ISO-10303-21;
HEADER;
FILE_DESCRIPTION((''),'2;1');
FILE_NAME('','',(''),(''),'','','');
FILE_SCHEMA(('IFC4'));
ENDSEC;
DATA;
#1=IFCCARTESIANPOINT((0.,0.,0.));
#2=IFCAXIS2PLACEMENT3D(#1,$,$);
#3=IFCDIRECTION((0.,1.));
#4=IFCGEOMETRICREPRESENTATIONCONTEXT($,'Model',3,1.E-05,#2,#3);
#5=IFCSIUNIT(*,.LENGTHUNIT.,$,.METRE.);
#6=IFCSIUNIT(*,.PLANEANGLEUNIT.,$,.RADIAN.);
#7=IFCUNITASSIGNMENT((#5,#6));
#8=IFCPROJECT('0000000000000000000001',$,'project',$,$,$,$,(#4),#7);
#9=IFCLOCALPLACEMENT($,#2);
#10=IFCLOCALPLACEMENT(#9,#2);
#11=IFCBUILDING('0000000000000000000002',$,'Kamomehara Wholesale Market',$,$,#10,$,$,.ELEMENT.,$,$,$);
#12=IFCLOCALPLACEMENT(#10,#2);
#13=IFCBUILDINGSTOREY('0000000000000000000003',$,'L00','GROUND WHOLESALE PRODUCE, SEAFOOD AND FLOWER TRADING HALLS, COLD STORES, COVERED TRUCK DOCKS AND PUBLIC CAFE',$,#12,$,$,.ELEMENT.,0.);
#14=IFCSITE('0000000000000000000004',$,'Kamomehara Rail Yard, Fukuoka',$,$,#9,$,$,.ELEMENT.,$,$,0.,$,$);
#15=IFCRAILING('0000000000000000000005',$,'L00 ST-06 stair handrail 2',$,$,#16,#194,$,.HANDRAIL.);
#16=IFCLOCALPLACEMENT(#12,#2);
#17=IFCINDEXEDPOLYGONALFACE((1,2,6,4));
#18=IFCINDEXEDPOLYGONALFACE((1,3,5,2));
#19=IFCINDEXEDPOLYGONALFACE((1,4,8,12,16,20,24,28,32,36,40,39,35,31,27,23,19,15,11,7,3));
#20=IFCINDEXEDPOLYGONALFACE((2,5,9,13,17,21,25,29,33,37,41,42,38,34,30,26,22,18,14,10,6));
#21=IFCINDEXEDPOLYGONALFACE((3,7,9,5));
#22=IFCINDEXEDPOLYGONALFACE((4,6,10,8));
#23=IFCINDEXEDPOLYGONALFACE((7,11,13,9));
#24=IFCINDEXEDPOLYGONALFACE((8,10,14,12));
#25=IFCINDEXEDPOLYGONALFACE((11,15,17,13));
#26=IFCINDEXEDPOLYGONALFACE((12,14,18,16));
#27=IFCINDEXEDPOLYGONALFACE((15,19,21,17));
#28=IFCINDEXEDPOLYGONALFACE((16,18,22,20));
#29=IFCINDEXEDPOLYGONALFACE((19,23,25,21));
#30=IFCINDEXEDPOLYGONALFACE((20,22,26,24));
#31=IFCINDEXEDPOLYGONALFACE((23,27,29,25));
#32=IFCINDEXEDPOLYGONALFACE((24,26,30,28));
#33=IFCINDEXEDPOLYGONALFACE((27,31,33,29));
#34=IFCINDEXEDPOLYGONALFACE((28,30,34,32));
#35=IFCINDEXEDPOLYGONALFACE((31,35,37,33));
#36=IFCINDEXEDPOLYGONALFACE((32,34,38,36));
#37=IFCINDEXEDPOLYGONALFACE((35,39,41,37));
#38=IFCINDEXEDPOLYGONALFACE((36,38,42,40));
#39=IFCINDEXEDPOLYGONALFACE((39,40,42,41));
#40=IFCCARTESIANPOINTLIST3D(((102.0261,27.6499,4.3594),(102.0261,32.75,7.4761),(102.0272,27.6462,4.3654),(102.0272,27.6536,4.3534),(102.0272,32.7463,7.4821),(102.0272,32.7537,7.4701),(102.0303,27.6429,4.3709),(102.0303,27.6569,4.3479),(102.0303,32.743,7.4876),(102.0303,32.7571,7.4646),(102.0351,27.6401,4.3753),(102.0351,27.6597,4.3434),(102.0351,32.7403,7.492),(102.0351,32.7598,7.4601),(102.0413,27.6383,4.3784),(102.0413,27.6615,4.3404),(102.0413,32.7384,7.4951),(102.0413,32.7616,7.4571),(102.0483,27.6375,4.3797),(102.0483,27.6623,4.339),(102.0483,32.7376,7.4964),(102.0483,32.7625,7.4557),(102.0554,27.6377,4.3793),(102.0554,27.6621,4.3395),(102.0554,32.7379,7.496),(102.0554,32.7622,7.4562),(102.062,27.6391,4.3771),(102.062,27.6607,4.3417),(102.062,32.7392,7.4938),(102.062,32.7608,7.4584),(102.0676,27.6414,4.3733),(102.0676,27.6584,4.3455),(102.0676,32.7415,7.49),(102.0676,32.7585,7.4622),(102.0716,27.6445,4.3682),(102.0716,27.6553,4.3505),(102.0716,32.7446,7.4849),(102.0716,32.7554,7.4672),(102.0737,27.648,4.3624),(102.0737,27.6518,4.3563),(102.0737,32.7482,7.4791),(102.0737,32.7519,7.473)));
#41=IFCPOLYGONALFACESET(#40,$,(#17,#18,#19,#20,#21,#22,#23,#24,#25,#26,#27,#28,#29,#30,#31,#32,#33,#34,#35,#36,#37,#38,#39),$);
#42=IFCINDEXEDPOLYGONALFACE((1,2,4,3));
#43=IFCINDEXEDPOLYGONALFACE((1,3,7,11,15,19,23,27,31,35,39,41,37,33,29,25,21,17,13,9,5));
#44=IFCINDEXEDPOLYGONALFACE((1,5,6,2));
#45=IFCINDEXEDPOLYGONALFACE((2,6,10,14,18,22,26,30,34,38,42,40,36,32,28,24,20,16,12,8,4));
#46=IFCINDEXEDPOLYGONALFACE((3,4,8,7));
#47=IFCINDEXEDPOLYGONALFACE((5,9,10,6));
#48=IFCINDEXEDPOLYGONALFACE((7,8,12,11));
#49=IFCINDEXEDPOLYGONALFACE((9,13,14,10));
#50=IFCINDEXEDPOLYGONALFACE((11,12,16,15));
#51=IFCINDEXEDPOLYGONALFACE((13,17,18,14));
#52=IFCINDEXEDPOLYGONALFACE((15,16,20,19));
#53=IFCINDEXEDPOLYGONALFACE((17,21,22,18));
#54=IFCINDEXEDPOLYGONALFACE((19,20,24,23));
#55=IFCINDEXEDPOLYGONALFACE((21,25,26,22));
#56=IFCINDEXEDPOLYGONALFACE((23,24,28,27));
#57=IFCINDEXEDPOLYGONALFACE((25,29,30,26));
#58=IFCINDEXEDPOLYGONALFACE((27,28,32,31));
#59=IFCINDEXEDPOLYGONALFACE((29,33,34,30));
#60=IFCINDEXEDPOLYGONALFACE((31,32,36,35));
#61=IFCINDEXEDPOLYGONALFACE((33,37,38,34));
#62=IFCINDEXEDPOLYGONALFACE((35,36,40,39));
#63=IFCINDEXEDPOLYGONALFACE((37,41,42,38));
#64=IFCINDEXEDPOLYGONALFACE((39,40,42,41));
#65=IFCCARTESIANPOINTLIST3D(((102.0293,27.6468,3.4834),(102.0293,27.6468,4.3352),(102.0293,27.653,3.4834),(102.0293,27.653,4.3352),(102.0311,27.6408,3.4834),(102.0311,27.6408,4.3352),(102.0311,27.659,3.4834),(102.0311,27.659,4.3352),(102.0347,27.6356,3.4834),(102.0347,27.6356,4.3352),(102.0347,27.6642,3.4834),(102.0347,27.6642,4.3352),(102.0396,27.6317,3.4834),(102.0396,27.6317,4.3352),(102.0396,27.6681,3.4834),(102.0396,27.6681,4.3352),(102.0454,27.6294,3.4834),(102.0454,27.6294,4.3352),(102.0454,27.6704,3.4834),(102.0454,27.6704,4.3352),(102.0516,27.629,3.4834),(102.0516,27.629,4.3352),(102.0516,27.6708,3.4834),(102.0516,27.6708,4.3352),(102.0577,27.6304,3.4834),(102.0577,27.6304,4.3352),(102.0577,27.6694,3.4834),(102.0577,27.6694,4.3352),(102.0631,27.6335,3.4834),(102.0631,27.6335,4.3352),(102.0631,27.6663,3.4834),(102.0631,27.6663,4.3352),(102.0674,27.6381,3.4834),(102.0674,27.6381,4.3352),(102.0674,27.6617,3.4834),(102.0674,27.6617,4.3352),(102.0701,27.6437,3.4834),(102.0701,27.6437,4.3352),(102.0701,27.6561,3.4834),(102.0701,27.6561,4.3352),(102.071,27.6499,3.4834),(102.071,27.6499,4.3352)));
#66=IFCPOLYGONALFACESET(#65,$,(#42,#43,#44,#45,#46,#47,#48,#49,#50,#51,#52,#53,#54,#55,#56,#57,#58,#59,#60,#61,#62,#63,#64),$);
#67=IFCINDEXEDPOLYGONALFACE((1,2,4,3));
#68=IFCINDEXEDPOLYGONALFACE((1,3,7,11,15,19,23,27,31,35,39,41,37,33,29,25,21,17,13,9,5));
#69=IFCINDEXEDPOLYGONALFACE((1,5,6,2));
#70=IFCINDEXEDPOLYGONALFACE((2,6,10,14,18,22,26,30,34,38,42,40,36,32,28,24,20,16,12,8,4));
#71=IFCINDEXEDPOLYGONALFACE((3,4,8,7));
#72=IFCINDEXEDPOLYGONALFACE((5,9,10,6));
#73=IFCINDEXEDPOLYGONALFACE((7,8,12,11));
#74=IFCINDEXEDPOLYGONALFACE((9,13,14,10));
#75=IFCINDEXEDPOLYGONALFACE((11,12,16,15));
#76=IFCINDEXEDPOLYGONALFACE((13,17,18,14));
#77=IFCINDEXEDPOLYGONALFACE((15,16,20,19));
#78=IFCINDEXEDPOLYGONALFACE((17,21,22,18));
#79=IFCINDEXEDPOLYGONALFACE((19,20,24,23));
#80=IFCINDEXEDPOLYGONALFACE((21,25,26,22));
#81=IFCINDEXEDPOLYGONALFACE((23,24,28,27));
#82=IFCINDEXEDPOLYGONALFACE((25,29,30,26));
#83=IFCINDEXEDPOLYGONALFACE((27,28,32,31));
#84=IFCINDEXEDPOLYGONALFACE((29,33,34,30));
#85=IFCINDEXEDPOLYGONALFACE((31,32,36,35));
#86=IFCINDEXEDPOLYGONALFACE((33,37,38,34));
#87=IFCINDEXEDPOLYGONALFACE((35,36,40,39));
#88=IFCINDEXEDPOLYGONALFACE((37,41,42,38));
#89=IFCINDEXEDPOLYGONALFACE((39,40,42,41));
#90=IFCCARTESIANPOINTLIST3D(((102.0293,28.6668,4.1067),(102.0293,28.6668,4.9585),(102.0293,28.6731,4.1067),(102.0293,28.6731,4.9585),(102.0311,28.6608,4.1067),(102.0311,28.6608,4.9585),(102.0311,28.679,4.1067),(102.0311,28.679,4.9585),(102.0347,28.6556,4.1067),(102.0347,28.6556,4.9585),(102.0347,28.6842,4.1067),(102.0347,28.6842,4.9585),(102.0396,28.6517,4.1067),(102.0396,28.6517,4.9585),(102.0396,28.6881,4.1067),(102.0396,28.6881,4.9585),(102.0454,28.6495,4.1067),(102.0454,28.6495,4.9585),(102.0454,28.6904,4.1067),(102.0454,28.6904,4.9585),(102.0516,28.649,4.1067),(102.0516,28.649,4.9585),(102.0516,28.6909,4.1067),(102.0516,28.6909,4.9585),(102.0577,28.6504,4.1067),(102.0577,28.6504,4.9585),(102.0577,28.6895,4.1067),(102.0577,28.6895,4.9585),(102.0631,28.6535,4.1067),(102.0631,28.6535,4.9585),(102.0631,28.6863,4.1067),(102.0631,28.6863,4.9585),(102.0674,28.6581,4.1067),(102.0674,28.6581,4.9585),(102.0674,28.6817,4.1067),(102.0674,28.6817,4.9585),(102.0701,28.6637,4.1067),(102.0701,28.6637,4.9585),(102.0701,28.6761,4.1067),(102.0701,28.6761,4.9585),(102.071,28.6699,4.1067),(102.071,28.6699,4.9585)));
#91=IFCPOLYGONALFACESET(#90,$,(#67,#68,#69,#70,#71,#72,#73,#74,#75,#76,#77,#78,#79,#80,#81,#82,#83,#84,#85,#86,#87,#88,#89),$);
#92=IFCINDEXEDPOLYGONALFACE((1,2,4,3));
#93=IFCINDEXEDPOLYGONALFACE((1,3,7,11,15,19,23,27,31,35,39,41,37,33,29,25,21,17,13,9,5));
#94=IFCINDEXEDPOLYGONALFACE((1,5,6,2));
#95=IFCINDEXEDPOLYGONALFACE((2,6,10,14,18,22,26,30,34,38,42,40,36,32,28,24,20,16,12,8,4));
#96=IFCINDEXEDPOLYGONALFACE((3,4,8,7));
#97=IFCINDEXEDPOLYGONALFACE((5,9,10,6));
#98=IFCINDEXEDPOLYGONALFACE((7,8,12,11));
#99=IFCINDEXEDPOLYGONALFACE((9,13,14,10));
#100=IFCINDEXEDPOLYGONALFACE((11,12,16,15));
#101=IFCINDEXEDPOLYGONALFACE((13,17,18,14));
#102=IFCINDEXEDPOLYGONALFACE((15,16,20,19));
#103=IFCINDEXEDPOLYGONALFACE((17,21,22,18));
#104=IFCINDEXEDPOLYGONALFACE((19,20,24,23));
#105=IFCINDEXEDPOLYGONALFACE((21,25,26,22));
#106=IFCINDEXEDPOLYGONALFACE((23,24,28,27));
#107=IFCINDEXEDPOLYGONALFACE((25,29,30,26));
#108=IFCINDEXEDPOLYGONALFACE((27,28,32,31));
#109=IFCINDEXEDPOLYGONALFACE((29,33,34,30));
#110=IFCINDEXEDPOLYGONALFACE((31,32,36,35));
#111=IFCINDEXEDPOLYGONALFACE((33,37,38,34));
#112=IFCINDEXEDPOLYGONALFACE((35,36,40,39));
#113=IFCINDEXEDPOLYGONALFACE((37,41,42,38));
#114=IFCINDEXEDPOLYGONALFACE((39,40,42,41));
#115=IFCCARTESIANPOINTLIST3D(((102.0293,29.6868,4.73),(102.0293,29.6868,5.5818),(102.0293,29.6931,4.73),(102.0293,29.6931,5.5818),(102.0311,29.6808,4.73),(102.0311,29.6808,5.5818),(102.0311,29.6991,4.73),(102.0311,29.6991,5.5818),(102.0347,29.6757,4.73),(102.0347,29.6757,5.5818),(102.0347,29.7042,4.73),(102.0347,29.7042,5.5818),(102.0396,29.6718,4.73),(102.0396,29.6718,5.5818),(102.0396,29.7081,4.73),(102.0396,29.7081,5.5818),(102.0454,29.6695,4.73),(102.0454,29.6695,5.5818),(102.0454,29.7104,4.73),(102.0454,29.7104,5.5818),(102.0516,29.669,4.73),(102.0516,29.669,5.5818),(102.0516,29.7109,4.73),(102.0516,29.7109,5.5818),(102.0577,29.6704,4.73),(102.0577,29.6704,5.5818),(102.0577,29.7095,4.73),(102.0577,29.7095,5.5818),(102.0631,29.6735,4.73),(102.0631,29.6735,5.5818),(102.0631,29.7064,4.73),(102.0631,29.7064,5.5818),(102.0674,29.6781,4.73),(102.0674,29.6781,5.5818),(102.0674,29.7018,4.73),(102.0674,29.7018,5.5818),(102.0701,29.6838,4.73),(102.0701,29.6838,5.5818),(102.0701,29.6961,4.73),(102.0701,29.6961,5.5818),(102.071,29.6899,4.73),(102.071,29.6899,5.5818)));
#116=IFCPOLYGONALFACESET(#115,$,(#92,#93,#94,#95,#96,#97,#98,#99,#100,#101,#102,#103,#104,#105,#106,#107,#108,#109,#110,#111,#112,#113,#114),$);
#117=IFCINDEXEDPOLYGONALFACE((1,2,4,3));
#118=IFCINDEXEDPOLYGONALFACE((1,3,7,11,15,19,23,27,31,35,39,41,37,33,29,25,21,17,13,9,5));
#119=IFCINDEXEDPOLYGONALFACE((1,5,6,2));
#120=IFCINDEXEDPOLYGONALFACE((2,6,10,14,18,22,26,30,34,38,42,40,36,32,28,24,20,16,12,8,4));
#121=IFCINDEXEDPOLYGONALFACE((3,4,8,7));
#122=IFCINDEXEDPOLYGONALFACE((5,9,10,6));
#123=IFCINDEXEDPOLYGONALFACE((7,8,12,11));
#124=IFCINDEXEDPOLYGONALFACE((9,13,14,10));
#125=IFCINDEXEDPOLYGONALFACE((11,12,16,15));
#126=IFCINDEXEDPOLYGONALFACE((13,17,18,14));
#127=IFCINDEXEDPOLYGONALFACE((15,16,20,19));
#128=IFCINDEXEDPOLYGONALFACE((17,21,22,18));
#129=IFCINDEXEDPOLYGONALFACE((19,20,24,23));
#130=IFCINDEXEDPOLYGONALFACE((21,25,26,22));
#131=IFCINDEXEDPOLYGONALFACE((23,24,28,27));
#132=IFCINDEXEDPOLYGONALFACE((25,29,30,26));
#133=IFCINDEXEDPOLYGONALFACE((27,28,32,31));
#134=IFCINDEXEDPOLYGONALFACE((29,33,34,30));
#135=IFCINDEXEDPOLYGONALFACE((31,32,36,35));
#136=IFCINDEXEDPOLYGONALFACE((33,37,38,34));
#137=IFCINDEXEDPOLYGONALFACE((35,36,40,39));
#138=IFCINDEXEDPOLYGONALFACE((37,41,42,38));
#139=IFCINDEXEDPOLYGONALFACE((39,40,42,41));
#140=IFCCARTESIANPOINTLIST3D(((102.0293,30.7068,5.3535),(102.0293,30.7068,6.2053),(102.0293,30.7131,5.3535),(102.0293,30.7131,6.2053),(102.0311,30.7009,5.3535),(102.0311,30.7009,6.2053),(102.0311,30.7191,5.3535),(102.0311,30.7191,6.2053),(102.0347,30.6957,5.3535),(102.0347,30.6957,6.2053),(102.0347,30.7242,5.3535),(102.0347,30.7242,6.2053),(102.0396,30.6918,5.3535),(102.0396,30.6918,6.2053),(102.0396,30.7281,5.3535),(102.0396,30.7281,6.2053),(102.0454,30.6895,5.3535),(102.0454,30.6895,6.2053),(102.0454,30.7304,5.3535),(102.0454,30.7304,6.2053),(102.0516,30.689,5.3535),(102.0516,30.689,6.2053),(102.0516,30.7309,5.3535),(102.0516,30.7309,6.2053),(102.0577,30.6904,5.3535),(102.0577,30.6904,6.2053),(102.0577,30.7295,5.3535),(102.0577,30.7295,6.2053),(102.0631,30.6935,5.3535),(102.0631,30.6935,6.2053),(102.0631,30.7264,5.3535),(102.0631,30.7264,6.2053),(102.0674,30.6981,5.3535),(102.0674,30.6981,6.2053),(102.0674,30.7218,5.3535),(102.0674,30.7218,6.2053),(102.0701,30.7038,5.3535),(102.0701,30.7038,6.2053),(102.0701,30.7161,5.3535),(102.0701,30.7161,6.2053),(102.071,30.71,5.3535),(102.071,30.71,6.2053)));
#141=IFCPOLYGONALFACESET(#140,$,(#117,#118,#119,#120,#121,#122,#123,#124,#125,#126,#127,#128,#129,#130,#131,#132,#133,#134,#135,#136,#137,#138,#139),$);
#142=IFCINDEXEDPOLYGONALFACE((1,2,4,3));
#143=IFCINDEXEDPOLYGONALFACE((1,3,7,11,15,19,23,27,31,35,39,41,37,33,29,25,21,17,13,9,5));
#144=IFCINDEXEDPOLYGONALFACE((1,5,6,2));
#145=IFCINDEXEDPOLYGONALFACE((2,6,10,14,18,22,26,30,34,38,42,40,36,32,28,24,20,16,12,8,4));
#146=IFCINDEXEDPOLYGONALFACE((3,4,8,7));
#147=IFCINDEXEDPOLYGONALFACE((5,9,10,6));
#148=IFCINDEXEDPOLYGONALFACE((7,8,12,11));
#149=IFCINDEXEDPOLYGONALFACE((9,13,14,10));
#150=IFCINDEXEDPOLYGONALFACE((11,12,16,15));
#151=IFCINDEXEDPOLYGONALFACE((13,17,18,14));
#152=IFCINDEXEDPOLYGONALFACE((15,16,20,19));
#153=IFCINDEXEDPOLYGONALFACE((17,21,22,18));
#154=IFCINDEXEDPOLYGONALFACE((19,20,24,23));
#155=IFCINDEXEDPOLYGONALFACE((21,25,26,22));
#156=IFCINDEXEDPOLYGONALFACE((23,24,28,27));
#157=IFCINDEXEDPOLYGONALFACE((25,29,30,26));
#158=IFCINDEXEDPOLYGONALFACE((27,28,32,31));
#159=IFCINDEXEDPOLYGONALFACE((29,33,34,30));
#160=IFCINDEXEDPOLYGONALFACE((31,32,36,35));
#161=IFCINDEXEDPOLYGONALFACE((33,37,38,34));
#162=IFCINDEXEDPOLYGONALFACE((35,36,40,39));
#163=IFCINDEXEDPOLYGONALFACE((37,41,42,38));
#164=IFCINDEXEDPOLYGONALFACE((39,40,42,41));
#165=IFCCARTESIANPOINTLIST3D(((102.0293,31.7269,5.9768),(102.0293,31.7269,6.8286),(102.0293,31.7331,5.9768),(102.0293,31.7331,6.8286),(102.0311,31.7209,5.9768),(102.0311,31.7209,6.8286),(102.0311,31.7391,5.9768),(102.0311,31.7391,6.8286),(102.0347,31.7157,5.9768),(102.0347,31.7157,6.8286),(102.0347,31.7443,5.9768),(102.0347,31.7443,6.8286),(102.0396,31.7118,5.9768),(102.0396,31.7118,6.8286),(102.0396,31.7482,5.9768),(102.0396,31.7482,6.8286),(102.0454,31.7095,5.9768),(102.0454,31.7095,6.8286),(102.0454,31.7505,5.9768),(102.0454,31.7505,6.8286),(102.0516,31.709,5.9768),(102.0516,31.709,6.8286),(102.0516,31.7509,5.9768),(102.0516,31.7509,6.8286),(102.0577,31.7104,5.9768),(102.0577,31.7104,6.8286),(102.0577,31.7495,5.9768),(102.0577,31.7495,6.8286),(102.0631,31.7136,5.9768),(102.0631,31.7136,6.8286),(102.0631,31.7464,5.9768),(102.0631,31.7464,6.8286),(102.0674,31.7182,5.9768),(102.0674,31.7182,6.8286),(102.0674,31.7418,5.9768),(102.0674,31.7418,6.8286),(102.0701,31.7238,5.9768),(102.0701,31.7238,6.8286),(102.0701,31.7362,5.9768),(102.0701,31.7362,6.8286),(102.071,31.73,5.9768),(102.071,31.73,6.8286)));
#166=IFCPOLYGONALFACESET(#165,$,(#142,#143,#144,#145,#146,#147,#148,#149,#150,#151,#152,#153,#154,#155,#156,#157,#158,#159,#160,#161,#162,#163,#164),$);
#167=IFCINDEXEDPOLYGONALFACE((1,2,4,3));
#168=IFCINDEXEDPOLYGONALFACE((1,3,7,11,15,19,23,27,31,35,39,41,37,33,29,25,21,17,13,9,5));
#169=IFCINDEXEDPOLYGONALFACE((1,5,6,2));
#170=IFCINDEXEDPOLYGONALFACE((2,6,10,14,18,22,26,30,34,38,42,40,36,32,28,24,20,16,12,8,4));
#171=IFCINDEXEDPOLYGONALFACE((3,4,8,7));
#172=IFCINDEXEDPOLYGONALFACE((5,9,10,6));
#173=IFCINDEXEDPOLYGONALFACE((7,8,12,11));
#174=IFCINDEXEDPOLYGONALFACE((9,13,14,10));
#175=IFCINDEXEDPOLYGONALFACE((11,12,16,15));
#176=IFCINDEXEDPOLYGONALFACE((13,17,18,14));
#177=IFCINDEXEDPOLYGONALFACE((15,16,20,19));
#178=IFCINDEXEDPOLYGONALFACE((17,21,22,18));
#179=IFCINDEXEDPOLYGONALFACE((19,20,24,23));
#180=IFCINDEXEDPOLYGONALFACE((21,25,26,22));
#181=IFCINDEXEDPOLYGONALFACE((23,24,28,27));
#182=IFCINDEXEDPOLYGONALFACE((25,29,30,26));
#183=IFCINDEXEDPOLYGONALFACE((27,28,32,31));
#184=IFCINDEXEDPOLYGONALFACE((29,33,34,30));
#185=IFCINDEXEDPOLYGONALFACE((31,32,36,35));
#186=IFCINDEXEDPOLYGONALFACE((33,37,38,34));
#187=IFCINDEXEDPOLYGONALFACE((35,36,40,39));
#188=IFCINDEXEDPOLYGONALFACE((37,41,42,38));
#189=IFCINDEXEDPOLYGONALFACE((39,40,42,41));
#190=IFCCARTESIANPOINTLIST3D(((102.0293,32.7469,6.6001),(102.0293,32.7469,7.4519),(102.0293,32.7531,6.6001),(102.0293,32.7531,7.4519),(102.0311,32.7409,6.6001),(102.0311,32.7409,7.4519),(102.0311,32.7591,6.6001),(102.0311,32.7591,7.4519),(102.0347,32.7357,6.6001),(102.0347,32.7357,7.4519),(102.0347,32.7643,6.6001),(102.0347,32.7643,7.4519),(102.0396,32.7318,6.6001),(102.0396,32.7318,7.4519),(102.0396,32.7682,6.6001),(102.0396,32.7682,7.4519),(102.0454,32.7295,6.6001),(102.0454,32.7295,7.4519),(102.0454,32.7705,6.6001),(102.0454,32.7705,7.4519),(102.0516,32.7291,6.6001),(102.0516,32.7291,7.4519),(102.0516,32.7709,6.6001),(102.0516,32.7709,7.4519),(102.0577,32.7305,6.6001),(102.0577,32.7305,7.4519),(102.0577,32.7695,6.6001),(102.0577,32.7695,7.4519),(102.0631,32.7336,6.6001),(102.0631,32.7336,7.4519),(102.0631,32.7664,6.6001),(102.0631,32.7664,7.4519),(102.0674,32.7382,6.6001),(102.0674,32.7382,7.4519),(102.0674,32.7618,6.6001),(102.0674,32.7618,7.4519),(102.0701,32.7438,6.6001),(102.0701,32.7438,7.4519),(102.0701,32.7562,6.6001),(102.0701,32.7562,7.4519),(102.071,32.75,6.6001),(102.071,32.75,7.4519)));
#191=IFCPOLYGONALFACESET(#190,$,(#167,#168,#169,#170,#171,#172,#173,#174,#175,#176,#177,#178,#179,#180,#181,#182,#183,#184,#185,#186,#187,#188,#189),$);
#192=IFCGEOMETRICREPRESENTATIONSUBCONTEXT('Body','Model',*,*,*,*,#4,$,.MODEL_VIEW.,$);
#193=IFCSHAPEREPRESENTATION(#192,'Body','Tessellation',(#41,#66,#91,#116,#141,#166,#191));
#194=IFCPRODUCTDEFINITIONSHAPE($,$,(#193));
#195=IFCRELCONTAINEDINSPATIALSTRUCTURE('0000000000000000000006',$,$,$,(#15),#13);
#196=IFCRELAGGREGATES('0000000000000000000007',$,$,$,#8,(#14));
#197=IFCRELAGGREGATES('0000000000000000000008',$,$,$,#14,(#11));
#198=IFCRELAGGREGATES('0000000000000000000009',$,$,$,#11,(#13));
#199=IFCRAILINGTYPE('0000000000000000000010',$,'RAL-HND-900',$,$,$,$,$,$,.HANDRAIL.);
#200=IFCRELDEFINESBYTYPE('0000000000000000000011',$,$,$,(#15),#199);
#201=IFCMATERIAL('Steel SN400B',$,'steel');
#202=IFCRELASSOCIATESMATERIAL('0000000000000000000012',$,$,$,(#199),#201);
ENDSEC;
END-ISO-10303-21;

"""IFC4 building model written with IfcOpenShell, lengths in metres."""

from ifc_helpers import new_model, si_unit, direction, frame, origin, origin_2d, place, context, subcontext, project, spatial, circle, extrude, material, type_object, element, save


model = new_model("IFC4")

# Units and contexts
model_context = context("Model", 3, precision=1e-05, world=origin(), true_north=direction((0.0, 1.0)))
body_context = subcontext(model_context, "Body", "Model", "MODEL_VIEW")
ifc_project = project(units=[si_unit("LENGTHUNIT", "METRE"), si_unit("PLANEANGLEUNIT", "RADIAN")], contexts=[model_context])

# Site, building, storey
site_placement = place(None, origin())
site = spatial("IfcSite", under=ifc_project, at=site_placement, Name="Kamomehara Rail Yard, Fukuoka", CompositionType="ELEMENT", RefElevation=0.0)
building_placement = place(site_placement, origin())
building = spatial("IfcBuilding", under=site, at=building_placement, Name="Kamomehara Wholesale Market", CompositionType="ELEMENT")
storey_placement = place(building_placement, origin())
storey = spatial("IfcBuildingStorey", under=building, at=storey_placement, Name="L00", Description="GROUND WHOLESALE PRODUCE, SEAFOOD AND FLOWER TRADING HALLS, COLD STORES, COVERED TRUCK DOCKS AND PUBLIC CAFE", CompositionType="ELEMENT", Elevation=0.0)

# Railing
ifc_material_1 = material(Name="Steel SN400B", Category="steel")
railing_type_1 = type_object("IfcRailingType", Name="RAL-HND-900", PredefinedType="HANDRAIL", material=ifc_material_1)
railing_1_placement = place(storey_placement, frame((102.05, 27.6499, 3.4834)))
element("IfcRailing", 1, at=railing_1_placement, inside=storey, type_object=railing_type_1, Name="L00 ST-06 stair handrail 2", PredefinedType="HANDRAIL", context=body_context, shape_type="SweptSolid", body=[
    extrude(circle(Radius=0.0239, at=origin_2d()), frame((0.0, 0.0, 0.876), z_axis=(0.0, 0.853284, 0.521447), x_axis=(-1.0, 0.0, 0.0)), (0.0, 0.0, 1.0), 5.9771),
    extrude(circle(Radius=0.021, at=origin_2d()), origin(), (0.0, 0.0, 1.0), 0.8518),
    extrude(circle(Radius=0.021, at=origin_2d()), frame((0.0, 1.02, 0.6233)), (0.0, 0.0, 1.0), 0.8518),
    extrude(circle(Radius=0.021, at=origin_2d()), frame((0.0, 2.04, 1.2466)), (0.0, 0.0, 1.0), 0.8518),
    extrude(circle(Radius=0.021, at=origin_2d()), frame((0.0, 3.0601, 1.8701)), (0.0, 0.0, 1.0), 0.8518),
    extrude(circle(Radius=0.021, at=origin_2d()), frame((0.0, 4.0801, 2.4934)), (0.0, 0.0, 1.0), 0.8518),
    extrude(circle(Radius=0.021, at=origin_2d()), frame((0.0, 5.1001, 3.1167)), (0.0, 0.0, 1.0), 0.8518),
])

save(model, "model.ifc")
